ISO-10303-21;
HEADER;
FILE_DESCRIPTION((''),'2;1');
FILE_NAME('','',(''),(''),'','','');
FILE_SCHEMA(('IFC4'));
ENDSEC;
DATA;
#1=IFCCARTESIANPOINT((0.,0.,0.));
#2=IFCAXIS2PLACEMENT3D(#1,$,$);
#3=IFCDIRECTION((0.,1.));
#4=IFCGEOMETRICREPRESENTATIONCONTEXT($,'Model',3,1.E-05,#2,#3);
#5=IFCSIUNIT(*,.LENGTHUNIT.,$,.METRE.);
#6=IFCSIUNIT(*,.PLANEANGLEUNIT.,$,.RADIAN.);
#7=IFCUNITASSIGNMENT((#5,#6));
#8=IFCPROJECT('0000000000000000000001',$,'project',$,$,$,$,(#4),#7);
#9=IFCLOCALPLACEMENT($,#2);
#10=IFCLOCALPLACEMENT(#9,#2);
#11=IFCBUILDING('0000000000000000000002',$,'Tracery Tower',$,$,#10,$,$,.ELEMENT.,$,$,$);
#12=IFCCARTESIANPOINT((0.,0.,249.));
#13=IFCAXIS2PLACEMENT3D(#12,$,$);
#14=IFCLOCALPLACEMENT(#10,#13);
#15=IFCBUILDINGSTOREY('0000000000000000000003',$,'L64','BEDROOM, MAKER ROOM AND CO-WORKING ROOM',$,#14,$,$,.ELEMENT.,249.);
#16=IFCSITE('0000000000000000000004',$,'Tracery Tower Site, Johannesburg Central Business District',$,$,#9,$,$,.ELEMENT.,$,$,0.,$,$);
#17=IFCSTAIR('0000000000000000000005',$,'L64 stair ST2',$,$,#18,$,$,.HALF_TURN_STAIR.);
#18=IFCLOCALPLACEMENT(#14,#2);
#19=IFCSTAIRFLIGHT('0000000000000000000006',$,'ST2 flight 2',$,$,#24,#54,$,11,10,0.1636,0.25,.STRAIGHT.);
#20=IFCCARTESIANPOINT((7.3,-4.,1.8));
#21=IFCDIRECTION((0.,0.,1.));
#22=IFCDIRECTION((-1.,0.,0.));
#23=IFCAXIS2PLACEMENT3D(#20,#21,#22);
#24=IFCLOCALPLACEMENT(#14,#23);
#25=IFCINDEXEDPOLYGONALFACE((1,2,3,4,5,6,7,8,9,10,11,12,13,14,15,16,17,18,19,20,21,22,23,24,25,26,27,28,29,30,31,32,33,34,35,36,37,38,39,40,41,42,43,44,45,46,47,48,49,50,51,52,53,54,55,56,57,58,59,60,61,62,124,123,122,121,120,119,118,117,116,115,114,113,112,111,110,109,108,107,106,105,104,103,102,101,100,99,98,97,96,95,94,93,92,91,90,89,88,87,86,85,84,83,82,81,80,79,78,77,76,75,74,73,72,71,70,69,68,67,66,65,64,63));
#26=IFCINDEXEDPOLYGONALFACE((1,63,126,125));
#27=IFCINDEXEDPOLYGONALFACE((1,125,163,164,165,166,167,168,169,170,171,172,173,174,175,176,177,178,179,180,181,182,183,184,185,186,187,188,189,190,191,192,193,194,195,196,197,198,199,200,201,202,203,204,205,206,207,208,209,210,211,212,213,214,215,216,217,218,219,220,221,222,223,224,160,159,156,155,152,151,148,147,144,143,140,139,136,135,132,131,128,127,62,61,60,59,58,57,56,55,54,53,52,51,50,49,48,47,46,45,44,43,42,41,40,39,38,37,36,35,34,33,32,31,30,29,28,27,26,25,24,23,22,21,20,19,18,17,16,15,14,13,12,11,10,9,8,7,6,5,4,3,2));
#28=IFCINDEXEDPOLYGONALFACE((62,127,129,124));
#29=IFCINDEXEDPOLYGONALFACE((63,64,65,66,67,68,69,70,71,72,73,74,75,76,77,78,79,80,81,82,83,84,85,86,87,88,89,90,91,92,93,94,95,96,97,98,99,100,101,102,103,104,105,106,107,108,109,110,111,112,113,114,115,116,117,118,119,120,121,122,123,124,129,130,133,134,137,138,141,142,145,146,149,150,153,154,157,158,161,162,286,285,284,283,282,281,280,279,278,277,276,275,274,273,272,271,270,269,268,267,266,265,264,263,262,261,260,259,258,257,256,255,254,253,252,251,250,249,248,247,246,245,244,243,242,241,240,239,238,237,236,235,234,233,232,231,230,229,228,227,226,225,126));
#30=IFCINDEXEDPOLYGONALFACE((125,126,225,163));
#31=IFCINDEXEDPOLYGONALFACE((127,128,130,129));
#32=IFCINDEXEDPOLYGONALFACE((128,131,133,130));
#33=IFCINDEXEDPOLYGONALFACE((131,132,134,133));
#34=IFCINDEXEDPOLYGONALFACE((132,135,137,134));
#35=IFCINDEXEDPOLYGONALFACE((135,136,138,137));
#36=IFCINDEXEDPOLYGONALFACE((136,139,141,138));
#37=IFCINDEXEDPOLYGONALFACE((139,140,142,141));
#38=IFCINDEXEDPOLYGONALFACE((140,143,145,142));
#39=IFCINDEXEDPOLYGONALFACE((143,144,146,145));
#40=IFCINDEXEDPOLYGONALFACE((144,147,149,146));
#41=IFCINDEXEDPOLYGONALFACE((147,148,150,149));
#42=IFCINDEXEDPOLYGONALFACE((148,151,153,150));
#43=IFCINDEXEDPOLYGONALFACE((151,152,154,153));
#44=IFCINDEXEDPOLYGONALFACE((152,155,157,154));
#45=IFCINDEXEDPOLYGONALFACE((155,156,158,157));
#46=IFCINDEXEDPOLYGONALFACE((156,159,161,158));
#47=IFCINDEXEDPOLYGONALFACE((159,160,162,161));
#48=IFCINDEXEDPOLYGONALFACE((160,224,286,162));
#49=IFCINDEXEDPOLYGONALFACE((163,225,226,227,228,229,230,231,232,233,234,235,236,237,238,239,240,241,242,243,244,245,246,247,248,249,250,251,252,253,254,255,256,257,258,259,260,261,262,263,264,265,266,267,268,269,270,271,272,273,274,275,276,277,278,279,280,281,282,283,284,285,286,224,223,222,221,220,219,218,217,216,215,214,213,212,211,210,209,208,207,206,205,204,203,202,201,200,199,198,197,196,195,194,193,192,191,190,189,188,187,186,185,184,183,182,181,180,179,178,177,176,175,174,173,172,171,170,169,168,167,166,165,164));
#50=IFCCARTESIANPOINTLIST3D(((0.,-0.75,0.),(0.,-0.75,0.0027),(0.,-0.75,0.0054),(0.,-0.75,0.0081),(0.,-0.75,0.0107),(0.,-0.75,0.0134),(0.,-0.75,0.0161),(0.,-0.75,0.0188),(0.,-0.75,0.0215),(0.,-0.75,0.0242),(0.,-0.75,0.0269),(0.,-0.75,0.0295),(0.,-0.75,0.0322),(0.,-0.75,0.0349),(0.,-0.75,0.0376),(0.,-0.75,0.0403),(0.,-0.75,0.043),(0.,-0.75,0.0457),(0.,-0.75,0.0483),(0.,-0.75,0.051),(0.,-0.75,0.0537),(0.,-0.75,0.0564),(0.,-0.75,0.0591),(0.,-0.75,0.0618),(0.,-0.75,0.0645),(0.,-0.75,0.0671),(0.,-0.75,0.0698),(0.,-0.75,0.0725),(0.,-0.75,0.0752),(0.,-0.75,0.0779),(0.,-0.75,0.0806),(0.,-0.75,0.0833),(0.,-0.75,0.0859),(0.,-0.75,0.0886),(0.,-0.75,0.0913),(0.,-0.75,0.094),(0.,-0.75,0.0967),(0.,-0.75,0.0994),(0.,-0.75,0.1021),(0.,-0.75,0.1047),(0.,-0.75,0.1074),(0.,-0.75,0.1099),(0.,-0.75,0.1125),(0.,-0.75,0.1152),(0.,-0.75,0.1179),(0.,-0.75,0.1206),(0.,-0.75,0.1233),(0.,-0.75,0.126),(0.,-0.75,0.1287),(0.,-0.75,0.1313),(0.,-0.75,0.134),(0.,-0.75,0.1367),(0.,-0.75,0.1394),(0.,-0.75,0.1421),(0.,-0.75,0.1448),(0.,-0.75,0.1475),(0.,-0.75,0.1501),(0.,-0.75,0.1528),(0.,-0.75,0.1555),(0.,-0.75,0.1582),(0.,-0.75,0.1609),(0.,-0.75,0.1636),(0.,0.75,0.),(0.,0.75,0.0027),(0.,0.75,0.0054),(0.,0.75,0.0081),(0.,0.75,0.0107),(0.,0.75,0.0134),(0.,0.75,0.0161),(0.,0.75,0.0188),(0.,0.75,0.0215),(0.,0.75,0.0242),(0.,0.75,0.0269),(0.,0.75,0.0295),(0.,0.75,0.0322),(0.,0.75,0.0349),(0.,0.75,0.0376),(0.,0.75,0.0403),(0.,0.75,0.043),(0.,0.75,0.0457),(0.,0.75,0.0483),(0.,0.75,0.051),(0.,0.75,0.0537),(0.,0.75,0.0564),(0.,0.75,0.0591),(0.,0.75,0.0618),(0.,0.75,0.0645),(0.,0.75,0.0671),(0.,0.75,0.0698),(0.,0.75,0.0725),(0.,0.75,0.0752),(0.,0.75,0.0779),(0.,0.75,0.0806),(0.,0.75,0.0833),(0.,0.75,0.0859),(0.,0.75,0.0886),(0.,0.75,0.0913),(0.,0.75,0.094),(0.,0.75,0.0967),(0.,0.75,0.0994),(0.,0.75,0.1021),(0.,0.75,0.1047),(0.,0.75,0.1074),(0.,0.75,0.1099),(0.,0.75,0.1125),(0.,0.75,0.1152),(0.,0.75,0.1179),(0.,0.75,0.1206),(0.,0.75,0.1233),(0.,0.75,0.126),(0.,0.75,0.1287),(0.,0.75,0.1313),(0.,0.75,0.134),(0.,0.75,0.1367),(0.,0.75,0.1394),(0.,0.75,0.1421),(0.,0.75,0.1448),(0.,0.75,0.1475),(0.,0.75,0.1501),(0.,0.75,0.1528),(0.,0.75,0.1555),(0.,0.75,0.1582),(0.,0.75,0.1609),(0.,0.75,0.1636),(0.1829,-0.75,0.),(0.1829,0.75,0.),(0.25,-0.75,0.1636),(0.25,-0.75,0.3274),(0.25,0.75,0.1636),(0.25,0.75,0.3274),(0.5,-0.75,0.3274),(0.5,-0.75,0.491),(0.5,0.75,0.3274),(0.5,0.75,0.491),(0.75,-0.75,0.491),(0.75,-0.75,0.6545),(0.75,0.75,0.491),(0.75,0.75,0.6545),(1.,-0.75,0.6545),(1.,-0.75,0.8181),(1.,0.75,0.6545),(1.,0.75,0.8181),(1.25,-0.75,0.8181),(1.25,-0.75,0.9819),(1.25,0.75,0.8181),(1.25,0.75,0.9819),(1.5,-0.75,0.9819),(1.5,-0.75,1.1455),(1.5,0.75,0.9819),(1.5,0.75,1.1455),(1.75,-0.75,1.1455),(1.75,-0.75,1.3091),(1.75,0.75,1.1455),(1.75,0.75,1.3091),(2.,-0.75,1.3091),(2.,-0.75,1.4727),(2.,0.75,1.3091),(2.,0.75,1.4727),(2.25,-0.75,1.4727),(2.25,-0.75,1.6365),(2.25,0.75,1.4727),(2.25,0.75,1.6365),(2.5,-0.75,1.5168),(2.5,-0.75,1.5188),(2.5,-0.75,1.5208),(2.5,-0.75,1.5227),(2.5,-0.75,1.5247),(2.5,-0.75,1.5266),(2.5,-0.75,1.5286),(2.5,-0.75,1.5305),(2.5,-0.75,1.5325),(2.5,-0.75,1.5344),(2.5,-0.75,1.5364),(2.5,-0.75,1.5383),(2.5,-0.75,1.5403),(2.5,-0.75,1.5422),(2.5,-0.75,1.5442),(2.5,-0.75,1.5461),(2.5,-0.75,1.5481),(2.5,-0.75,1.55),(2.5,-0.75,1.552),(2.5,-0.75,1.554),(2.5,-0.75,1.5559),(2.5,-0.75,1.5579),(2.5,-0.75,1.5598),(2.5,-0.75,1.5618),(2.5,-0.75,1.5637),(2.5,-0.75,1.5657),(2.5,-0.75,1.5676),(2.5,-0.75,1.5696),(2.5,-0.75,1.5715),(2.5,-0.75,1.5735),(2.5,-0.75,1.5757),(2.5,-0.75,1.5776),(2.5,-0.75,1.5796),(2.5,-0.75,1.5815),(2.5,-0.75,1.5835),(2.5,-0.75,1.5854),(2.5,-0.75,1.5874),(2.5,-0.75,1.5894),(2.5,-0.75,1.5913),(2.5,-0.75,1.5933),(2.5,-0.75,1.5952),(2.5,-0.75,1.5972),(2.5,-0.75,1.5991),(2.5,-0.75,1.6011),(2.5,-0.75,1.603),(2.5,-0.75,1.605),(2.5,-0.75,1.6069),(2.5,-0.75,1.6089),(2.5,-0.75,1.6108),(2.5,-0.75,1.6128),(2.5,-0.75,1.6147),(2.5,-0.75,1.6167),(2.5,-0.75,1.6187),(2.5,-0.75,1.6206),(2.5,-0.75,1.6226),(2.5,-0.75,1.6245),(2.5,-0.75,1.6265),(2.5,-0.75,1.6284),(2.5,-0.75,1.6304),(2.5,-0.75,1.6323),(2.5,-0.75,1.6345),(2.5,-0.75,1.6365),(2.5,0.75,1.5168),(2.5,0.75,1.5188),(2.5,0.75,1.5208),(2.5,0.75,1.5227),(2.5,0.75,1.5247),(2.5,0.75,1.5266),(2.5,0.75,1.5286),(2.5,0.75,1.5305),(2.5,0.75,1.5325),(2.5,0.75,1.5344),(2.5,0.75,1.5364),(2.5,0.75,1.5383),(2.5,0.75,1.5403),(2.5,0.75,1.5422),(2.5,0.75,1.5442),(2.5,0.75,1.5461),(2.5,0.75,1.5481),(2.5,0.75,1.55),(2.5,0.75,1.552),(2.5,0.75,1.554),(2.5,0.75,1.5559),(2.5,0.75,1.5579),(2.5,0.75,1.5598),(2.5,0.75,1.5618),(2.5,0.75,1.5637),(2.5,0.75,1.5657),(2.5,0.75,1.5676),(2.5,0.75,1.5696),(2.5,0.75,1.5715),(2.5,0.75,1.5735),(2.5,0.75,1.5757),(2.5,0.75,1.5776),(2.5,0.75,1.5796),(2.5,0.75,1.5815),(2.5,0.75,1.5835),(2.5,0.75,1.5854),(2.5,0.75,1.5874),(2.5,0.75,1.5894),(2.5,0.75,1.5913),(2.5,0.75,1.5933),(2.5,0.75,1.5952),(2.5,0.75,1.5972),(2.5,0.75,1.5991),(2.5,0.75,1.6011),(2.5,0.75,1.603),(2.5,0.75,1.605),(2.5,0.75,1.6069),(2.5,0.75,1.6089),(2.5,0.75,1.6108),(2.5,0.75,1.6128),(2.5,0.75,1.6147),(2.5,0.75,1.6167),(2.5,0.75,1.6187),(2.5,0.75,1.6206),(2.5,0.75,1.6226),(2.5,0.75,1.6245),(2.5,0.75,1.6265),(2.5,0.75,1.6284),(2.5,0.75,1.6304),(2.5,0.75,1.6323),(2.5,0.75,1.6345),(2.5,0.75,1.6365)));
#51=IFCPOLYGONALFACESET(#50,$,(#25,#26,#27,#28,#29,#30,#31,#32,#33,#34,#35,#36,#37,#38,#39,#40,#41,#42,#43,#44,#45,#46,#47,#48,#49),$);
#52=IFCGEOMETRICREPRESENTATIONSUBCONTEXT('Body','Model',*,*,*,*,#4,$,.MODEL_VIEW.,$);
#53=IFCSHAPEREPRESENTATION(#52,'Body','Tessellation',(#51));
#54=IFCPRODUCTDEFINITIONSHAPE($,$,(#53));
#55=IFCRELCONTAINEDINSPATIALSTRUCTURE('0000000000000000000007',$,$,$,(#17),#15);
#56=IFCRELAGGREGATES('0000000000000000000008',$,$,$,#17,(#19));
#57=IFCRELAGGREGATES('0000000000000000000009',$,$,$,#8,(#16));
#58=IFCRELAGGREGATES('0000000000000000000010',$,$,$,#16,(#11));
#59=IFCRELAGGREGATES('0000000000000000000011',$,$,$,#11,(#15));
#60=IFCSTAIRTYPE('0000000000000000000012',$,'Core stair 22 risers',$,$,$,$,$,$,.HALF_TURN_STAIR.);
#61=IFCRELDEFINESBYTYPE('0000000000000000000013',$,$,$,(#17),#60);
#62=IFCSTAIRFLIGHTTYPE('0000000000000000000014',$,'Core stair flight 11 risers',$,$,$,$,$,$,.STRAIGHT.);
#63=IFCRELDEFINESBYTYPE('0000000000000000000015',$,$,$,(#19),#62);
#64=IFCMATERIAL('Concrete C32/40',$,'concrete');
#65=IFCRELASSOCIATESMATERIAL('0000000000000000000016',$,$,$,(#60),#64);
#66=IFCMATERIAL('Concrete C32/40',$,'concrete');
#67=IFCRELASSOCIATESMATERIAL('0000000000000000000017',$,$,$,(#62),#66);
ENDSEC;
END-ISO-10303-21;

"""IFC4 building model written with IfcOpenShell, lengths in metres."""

from ifc_helpers import new_model, si_unit, direction, frame, origin, place, context, subcontext, project, spatial, polyline, outline, extrude, material, type_object, element, aggregate, save


model = new_model("IFC4")

# Units and contexts
model_context = context("Model", 3, precision=1e-05, world=origin(), true_north=direction((0.0, 1.0)))
body_context = subcontext(model_context, "Body", "Model", "MODEL_VIEW")
ifc_project = project(units=[si_unit("LENGTHUNIT", "METRE"), si_unit("PLANEANGLEUNIT", "RADIAN")], contexts=[model_context])

# Site, building, storey
site_placement = place(None, origin())
site = spatial("IfcSite", under=ifc_project, at=site_placement, Name="Tracery Tower Site, Johannesburg Central Business District", CompositionType="ELEMENT", RefElevation=0.0)
building_placement = place(site_placement, origin())
building = spatial("IfcBuilding", under=site, at=building_placement, Name="Tracery Tower", CompositionType="ELEMENT")
storey_placement = place(building_placement, frame((0.0, 0.0, 249.0)))
storey = spatial("IfcBuildingStorey", under=building, at=storey_placement, Name="L64", Description="BEDROOM, MAKER ROOM AND CO-WORKING ROOM", CompositionType="ELEMENT", Elevation=249.0)

# Shared definitions
ifc_material_1 = material(Name="Concrete C32/40", Category="concrete")
stair_type = type_object("IfcStairType", Name="Core stair 22 risers", PredefinedType="HALF_TURN_STAIR", material=ifc_material_1)

# Stair, stair flight
stair_1_placement = place(storey_placement, origin())
stair_1 = element("IfcStair", 1, at=stair_1_placement, inside=storey, type_object=stair_type, Name="L64 stair ST2", PredefinedType="HALF_TURN_STAIR")
ifc_material_2 = material(Name="Concrete C32/40", Category="concrete")
stair_flight_type = type_object("IfcStairFlightType", Name="Core stair flight 11 risers", PredefinedType="STRAIGHT", material=ifc_material_2)
stair_flight_1_placement = place(storey_placement, frame((7.3, -4.0, 1.8), z_axis=(0.0, 0.0, 1.0), x_axis=(-1.0, 0.0, 0.0)))
stair_flight_1 = element("IfcStairFlight", 2, at=stair_flight_1_placement, type_object=stair_flight_type, Name="ST2 flight 2", NumberOfRisers=11, NumberOfTreads=10, PredefinedType="STRAIGHT", RiserHeight=0.1636, TreadLength=0.25, context=body_context, shape_type="SweptSolid", body=[
    extrude(outline(polyline([(0.0, 0.0), (0.0, 0.0027), (0.0, 0.0054), (0.0, 0.0081), (0.0, 0.0107), (0.0, 0.0134), (0.0, 0.0161), (0.0, 0.0188), (0.0, 0.0215), (0.0, 0.0242), (0.0, 0.0269), (0.0, 0.0295), (0.0, 0.0322), (0.0, 0.0349), (0.0, 0.0376), (0.0, 0.0403), (0.0, 0.043), (0.0, 0.0457), (0.0, 0.0483), (0.0, 0.051), (0.0, 0.0537), (0.0, 0.0564), (0.0, 0.0591), (0.0, 0.0618), (0.0, 0.0645), (0.0, 0.0671), (0.0, 0.0698), (0.0, 0.0725), (0.0, 0.0752), (0.0, 0.0779), (0.0, 0.0806), (0.0, 0.0833), (0.0, 0.0859), (0.0, 0.0886), (0.0, 0.0913), (0.0, 0.094), (0.0, 0.0967), (0.0, 0.0994), (0.0, 0.1021), (0.0, 0.1047), (0.0, 0.1074), (0.0, 0.1099), (0.0, 0.1125), (0.0, 0.1152), (0.0, 0.1179), (0.0, 0.1206), (0.0, 0.1233), (0.0, 0.126), (0.0, 0.1287), (0.0, 0.1313), (0.0, 0.134), (0.0, 0.1367), (0.0, 0.1394), (0.0, 0.1421), (0.0, 0.1448), (0.0, 0.1475), (0.0, 0.1501), (0.0, 0.1528), (0.0, 0.1555), (0.0, 0.1582), (0.0, 0.1609), (0.0, 0.1636), (0.25, 0.1636), (0.25, 0.3274), (0.5, 0.3274), (0.5, 0.491), (0.75, 0.491), (0.75, 0.6545), (1.0, 0.6545), (1.0, 0.8181), (1.25, 0.8181), (1.25, 0.9819), (1.5, 0.9819), (1.5, 1.1455), (1.75, 1.1455), (1.75, 1.3091), (2.0, 1.3091), (2.0, 1.4727), (2.25, 1.4727), (2.25, 1.6365), (2.5, 1.6365), (2.5, 1.6345), (2.5, 1.6323), (2.5, 1.6304), (2.5, 1.6284), (2.5, 1.6265), (2.5, 1.6245), (2.5, 1.6226), (2.5, 1.6206), (2.5, 1.6187), (2.5, 1.6167), (2.5, 1.6147), (2.5, 1.6128), (2.5, 1.6108), (2.5, 1.6089), (2.5, 1.6069), (2.5, 1.605), (2.5, 1.603), (2.5, 1.6011), (2.5, 1.5991), (2.5, 1.5972), (2.5, 1.5952), (2.5, 1.5933), (2.5, 1.5913), (2.5, 1.5894), (2.5, 1.5874), (2.5, 1.5854), (2.5, 1.5835), (2.5, 1.5815), (2.5, 1.5796), (2.5, 1.5776), (2.5, 1.5757), (2.5, 1.5735), (2.5, 1.5715), (2.5, 1.5696), (2.5, 1.5676), (2.5, 1.5657), (2.5, 1.5637), (2.5, 1.5618), (2.5, 1.5598), (2.5, 1.5579), (2.5, 1.5559), (2.5, 1.554), (2.5, 1.552), (2.5, 1.55), (2.5, 1.5481), (2.5, 1.5461), (2.5, 1.5442), (2.5, 1.5422), (2.5, 1.5403), (2.5, 1.5383), (2.5, 1.5364), (2.5, 1.5344), (2.5, 1.5325), (2.5, 1.5305), (2.5, 1.5286), (2.5, 1.5266), (2.5, 1.5247), (2.5, 1.5227), (2.5, 1.5208), (2.5, 1.5188), (2.5, 1.5168), (0.1829, 0.0), (0.0, 0.0)])), frame((0.0, 0.75, 0.0), z_axis=(0.0, -1.0, 0.0), x_axis=(1.0, 0.0, 0.0)), (0.0, 0.0, 1.0), 1.5),
])
aggregate(stair_1, [stair_flight_1])

save(model, "model.ifc")
